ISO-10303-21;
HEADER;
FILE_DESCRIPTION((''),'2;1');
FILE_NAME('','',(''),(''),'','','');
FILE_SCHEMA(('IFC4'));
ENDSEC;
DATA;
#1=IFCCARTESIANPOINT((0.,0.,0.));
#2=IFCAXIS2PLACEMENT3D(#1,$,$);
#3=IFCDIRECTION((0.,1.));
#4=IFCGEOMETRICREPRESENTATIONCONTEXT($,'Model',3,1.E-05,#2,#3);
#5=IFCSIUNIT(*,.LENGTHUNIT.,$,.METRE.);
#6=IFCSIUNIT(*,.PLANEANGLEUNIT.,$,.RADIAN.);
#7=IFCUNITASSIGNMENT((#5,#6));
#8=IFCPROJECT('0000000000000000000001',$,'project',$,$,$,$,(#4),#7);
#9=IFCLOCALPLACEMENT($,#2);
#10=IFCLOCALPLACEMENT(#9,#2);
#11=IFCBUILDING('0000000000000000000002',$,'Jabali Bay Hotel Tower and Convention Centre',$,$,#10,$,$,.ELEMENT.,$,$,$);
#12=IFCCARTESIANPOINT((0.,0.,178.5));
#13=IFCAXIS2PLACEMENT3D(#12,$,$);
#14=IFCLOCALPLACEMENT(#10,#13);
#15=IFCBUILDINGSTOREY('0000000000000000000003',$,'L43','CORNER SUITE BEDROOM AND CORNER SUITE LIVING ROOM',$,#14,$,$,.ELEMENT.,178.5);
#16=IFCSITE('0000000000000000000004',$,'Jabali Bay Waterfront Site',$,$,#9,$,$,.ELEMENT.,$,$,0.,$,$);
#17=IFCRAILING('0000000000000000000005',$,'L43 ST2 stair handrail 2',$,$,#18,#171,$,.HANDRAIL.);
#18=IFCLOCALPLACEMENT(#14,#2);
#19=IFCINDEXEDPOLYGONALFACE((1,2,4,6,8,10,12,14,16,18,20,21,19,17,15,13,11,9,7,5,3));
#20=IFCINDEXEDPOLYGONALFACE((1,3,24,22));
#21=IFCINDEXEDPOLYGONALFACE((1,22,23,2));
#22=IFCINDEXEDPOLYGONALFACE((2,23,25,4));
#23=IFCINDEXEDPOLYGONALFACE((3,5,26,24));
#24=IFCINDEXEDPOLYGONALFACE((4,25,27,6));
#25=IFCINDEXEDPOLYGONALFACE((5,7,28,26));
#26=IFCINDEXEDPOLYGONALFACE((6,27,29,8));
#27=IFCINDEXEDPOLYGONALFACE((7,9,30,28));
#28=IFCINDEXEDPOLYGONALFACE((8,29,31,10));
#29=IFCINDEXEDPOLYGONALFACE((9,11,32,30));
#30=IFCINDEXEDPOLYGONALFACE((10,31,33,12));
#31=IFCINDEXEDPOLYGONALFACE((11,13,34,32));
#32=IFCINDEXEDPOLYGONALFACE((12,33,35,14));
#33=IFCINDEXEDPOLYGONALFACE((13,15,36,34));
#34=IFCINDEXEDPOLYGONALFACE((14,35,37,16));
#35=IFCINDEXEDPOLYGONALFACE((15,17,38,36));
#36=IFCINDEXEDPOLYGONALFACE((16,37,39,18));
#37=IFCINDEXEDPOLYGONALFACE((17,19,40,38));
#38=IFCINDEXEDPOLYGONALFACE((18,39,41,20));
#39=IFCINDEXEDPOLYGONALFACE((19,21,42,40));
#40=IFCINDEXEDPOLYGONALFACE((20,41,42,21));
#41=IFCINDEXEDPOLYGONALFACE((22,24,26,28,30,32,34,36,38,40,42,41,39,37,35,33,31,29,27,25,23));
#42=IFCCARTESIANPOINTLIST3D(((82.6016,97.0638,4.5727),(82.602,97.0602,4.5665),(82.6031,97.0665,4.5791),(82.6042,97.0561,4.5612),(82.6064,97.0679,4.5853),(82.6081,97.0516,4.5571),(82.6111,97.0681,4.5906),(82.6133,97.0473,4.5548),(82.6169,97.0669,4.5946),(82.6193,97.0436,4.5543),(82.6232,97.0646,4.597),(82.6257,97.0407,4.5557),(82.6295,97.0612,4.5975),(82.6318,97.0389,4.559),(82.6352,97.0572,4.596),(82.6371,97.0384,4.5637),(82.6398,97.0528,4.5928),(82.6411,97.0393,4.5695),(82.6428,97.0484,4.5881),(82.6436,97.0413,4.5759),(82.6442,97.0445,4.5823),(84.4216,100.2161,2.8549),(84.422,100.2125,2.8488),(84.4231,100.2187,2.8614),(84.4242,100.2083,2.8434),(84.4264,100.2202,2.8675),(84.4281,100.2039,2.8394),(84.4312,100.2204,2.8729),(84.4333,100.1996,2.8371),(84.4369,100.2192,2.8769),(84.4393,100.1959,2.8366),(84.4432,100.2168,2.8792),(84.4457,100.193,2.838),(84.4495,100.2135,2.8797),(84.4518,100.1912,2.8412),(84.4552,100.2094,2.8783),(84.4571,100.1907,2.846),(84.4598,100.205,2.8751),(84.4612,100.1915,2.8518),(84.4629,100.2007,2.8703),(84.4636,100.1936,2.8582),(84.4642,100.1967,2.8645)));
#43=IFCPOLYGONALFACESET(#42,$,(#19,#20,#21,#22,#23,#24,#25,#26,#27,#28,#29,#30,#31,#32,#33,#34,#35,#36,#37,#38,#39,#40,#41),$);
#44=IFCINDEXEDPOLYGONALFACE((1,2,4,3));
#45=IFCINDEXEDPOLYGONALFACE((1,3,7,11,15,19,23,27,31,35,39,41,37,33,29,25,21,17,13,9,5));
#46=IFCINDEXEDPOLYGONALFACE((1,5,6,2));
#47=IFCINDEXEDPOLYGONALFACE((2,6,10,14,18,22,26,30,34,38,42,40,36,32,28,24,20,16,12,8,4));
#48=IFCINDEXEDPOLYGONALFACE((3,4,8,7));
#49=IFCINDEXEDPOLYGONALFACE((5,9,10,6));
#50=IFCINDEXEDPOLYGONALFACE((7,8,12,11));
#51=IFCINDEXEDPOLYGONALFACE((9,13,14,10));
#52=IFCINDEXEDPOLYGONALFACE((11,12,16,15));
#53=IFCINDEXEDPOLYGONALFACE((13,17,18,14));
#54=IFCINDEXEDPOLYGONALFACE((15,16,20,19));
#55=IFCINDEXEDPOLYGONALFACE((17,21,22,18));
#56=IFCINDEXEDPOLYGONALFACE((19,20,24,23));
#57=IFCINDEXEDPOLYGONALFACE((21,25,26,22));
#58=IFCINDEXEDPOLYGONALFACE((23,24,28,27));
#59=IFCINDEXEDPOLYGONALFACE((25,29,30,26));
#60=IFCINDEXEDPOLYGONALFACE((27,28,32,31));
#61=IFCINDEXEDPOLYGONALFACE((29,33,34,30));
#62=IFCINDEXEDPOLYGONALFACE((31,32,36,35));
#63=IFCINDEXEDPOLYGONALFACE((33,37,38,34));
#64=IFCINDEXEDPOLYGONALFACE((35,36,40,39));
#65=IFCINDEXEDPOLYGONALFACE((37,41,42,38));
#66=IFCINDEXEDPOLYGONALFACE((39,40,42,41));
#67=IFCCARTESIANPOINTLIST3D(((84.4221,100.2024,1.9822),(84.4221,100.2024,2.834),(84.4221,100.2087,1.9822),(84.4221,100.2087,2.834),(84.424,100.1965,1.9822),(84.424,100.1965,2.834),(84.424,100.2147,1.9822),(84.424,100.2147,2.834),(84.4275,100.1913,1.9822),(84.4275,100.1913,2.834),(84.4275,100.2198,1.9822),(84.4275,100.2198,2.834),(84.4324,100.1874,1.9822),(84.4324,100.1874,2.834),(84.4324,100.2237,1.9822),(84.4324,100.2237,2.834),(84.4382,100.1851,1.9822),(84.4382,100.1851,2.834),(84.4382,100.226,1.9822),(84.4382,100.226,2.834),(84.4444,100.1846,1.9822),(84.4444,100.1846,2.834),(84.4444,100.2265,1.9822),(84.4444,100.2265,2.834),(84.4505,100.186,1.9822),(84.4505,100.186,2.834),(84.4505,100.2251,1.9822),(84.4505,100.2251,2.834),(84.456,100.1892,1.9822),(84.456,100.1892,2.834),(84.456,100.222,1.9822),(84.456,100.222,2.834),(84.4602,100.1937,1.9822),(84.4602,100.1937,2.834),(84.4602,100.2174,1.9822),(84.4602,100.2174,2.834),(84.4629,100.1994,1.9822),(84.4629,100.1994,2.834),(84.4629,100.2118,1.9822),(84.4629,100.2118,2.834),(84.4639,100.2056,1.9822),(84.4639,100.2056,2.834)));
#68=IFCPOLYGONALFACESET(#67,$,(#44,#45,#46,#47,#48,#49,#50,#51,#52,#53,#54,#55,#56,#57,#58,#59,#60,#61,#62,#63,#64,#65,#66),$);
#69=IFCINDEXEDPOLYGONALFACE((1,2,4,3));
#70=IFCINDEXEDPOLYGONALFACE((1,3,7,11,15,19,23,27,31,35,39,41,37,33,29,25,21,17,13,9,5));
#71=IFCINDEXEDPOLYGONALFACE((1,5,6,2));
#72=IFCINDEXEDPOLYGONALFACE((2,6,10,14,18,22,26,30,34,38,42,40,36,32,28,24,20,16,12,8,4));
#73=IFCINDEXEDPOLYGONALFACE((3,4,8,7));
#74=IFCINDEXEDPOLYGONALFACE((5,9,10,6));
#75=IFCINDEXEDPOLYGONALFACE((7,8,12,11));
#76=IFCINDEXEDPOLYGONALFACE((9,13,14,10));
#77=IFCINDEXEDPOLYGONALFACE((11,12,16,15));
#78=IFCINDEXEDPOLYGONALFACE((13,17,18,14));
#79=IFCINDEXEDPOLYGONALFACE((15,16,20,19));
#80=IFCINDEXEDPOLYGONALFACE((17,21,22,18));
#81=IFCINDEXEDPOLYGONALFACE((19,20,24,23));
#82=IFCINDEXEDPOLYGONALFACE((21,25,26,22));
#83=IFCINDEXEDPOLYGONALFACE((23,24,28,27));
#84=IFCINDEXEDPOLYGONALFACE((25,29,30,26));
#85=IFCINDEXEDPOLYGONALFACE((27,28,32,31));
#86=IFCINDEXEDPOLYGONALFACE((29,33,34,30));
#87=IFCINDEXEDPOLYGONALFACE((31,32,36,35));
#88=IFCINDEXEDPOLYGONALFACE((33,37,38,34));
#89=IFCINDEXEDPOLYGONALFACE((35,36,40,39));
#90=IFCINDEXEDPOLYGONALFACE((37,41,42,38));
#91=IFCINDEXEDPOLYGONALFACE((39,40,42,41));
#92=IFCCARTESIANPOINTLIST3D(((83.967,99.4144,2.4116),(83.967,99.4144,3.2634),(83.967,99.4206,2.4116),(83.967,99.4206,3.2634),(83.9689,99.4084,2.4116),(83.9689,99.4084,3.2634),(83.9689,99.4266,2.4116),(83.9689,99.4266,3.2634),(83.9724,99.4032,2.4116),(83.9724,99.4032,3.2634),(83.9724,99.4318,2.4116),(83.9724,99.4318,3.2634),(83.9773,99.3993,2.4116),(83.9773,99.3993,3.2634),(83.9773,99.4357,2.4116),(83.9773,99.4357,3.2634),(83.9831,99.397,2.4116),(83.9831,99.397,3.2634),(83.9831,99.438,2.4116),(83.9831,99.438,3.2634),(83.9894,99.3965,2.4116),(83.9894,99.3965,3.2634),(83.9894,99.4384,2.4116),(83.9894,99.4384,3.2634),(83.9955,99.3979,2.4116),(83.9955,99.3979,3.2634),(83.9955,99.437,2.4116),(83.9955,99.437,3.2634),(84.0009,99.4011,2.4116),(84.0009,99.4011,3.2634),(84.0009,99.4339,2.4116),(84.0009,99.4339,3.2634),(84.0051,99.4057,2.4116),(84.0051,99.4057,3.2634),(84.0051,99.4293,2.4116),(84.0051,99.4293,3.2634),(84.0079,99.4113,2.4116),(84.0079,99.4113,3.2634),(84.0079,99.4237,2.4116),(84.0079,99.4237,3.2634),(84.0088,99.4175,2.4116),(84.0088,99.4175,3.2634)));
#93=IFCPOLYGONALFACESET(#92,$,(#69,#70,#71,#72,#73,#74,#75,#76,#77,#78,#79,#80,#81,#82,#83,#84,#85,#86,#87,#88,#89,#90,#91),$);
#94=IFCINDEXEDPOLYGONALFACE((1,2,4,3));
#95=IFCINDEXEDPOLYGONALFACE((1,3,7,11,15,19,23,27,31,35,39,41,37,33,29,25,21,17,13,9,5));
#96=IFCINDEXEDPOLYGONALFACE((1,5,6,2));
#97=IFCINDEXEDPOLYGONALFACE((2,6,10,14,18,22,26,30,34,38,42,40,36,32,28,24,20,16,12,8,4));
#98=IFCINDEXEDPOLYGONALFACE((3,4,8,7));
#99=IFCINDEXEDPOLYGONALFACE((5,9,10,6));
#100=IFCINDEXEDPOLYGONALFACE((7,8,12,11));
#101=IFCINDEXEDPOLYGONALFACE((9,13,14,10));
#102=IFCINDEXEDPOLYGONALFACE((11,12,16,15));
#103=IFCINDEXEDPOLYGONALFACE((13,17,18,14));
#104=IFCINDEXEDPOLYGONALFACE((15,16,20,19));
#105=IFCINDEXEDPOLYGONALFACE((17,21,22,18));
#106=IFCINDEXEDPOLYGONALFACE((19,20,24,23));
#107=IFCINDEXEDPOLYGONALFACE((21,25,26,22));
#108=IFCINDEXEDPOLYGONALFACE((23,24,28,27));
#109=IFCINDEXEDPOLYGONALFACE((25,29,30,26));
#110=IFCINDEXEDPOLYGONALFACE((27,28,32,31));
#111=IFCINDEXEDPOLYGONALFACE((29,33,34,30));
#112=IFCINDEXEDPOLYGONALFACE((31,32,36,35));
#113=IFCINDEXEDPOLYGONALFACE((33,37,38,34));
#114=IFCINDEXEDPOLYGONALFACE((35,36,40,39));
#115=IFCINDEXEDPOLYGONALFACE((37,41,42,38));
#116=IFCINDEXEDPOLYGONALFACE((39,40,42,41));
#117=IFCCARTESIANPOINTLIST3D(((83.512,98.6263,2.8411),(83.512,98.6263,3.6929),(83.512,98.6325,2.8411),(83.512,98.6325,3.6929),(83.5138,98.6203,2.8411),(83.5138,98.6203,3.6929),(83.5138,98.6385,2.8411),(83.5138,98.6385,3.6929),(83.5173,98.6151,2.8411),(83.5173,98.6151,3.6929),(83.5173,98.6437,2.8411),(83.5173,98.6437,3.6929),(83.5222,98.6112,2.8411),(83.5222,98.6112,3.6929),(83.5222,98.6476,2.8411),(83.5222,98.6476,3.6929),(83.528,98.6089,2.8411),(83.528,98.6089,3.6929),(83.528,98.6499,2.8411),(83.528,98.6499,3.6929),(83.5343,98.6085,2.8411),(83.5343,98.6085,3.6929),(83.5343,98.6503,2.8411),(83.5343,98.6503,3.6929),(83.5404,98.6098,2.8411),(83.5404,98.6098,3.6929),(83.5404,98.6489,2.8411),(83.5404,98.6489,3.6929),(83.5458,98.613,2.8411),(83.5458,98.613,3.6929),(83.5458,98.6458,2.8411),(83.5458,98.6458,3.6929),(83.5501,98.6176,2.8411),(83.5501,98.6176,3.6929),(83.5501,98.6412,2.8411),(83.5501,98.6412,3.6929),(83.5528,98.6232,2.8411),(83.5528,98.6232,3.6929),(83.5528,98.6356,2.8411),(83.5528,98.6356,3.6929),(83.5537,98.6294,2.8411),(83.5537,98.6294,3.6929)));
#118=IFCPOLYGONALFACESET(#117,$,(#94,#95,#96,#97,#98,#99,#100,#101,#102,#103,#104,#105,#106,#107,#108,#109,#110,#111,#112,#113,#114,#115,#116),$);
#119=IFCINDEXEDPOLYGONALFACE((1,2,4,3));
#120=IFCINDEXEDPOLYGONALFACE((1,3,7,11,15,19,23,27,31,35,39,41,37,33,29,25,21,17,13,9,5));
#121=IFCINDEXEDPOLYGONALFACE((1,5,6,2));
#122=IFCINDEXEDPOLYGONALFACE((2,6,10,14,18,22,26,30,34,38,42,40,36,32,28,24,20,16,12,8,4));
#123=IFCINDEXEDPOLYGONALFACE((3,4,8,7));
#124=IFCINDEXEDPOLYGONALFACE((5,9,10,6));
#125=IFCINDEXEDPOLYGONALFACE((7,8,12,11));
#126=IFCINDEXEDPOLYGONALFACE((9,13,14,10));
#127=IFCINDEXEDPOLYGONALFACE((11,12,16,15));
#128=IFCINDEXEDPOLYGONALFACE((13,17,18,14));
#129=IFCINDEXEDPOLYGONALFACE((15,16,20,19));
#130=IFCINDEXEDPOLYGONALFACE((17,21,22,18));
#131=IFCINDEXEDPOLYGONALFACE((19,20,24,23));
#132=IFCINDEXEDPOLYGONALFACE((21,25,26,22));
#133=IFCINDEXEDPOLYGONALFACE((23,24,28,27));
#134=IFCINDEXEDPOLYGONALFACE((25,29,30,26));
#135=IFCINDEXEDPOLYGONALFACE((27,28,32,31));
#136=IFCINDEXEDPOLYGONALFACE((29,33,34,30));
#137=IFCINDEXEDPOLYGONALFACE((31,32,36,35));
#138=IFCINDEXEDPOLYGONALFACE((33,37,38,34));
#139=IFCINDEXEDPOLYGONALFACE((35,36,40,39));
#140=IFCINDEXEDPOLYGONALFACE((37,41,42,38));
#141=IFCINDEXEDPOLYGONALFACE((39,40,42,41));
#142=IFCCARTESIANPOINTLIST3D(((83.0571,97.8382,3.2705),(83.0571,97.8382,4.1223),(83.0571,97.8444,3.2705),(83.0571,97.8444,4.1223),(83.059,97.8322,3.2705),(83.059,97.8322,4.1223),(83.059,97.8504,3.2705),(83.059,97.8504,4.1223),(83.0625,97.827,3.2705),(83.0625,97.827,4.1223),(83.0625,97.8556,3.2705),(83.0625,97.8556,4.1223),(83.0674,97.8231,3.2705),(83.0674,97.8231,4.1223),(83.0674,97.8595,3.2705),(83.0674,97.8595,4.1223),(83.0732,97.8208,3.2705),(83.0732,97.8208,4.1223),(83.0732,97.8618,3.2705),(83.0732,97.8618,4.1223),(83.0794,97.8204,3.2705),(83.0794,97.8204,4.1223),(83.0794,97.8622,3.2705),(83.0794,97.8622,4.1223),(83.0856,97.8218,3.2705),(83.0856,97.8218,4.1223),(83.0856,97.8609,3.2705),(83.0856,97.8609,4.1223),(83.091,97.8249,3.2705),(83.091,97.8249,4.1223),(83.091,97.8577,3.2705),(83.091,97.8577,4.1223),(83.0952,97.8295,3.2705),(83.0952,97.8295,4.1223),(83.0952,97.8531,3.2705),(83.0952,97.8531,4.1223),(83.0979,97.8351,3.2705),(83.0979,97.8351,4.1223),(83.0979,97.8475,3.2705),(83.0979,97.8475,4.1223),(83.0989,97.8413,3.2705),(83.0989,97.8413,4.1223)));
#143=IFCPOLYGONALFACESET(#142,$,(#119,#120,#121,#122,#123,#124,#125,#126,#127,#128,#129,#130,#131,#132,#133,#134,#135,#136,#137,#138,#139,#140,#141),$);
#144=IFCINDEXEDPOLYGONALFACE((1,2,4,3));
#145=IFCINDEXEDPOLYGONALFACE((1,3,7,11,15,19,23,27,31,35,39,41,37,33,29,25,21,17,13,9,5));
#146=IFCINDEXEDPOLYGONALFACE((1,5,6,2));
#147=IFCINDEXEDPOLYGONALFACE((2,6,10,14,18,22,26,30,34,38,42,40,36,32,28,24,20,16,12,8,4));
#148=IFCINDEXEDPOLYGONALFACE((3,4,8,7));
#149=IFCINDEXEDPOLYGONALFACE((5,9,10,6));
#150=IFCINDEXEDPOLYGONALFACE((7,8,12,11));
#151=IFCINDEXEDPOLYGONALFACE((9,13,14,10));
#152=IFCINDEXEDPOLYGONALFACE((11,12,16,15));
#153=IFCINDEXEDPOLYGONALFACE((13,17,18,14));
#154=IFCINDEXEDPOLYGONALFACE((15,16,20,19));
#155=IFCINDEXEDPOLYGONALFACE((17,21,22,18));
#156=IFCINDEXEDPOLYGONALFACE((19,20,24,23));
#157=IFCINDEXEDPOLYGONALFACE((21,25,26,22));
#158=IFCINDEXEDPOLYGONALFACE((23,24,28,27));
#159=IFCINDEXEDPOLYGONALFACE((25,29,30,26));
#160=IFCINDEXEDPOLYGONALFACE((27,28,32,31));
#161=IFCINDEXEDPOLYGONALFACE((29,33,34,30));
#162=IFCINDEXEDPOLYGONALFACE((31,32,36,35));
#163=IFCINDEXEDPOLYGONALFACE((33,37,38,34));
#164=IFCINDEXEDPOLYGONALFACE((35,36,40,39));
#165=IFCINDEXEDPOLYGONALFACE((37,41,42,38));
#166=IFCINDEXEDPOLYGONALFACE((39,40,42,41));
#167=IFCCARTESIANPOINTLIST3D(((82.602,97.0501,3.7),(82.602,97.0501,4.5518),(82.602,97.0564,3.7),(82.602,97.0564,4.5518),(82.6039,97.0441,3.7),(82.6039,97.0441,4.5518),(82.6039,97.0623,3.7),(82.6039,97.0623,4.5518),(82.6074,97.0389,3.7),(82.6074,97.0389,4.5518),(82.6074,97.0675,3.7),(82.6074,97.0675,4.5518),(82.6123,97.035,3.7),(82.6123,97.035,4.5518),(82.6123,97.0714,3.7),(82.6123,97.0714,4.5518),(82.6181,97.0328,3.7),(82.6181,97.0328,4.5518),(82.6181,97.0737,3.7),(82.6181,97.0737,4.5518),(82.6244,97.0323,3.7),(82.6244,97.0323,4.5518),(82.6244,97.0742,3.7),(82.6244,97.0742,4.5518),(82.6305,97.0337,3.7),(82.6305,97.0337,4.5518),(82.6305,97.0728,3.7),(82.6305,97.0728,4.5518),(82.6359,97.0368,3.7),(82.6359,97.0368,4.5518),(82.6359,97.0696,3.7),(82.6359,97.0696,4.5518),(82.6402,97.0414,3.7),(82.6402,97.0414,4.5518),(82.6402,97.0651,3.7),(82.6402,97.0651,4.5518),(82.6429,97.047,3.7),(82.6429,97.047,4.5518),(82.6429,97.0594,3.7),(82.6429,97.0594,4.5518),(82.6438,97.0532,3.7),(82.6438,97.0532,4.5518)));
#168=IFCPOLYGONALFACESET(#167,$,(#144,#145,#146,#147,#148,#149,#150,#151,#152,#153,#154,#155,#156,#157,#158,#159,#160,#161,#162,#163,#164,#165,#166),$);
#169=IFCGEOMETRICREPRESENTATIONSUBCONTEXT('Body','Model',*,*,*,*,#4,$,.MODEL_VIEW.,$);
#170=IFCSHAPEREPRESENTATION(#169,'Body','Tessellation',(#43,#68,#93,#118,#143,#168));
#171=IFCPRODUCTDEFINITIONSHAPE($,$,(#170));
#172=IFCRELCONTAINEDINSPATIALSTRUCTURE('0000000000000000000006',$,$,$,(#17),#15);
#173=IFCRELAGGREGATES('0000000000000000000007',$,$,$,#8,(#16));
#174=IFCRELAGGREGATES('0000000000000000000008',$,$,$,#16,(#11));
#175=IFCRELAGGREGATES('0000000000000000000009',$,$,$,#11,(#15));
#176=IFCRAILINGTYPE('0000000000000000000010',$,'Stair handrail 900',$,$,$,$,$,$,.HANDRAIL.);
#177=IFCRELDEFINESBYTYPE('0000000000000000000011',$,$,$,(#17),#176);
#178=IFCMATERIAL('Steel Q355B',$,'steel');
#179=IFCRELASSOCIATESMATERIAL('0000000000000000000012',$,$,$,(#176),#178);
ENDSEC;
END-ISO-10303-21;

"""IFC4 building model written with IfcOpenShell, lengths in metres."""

from ifc_helpers import new_model, si_unit, direction, frame, origin, origin_2d, place, context, subcontext, project, spatial, circle, extrude, material, type_object, element, save


model = new_model("IFC4")

# Units and contexts
model_context = context("Model", 3, precision=1e-05, world=origin(), true_north=direction((0.0, 1.0)))
body_context = subcontext(model_context, "Body", "Model", "MODEL_VIEW")
ifc_project = project(units=[si_unit("LENGTHUNIT", "METRE"), si_unit("PLANEANGLEUNIT", "RADIAN")], contexts=[model_context])

# Site, building, storey
site_placement = place(None, origin())
site = spatial("IfcSite", under=ifc_project, at=site_placement, Name="Jabali Bay Waterfront Site", CompositionType="ELEMENT", RefElevation=0.0)
building_placement = place(site_placement, origin())
building = spatial("IfcBuilding", under=site, at=building_placement, Name="Jabali Bay Hotel Tower and Convention Centre", CompositionType="ELEMENT")
storey_placement = place(building_placement, frame((0.0, 0.0, 178.5)))
storey = spatial("IfcBuildingStorey", under=building, at=storey_placement, Name="L43", Description="CORNER SUITE BEDROOM AND CORNER SUITE LIVING ROOM", CompositionType="ELEMENT", Elevation=178.5)

# Railing
ifc_material_1 = material(Name="Steel Q355B", Category="steel")
railing_type_1 = type_object("IfcRailingType", Name="Stair handrail 900", PredefinedType="HANDRAIL", material=ifc_material_1)
railing_1_placement = place(storey_placement, frame((84.4429, 100.2056, 1.9822)))
element("IfcRailing", 1, at=railing_1_placement, inside=storey, type_object=railing_type_1, Name="L43 ST2 stair handrail 2", PredefinedType="HANDRAIL", context=body_context, shape_type="SweptSolid", body=[
    extrude(circle(Radius=0.0239, at=origin_2d()), frame((0.0, 0.0, 0.876), z_axis=(-0.45219, -0.78319, 0.426775), x_axis=(0.866018, -0.500013, 0.0)), (0.0, 0.0, 1.0), 4.0249),
    extrude(circle(Radius=0.021, at=origin_2d()), origin(), (0.0, 0.0, 1.0), 0.8518),
    extrude(circle(Radius=0.021, at=origin_2d()), frame((-0.4551, -0.7881, 0.4294)), (0.0, 0.0, 1.0), 0.8518),
    extrude(circle(Radius=0.021, at=origin_2d()), frame((-0.9102, -1.5762, 0.8589)), (0.0, 0.0, 1.0), 0.8518),
    extrude(circle(Radius=0.021, at=origin_2d()), frame((-1.365, -2.3643, 1.2883)), (0.0, 0.0, 1.0), 0.8518),
    extrude(circle(Radius=0.021, at=origin_2d()), frame((-1.8201, -3.1523, 1.7178)), (0.0, 0.0, 1.0), 0.8518),
])

save(model, "model.ifc")
